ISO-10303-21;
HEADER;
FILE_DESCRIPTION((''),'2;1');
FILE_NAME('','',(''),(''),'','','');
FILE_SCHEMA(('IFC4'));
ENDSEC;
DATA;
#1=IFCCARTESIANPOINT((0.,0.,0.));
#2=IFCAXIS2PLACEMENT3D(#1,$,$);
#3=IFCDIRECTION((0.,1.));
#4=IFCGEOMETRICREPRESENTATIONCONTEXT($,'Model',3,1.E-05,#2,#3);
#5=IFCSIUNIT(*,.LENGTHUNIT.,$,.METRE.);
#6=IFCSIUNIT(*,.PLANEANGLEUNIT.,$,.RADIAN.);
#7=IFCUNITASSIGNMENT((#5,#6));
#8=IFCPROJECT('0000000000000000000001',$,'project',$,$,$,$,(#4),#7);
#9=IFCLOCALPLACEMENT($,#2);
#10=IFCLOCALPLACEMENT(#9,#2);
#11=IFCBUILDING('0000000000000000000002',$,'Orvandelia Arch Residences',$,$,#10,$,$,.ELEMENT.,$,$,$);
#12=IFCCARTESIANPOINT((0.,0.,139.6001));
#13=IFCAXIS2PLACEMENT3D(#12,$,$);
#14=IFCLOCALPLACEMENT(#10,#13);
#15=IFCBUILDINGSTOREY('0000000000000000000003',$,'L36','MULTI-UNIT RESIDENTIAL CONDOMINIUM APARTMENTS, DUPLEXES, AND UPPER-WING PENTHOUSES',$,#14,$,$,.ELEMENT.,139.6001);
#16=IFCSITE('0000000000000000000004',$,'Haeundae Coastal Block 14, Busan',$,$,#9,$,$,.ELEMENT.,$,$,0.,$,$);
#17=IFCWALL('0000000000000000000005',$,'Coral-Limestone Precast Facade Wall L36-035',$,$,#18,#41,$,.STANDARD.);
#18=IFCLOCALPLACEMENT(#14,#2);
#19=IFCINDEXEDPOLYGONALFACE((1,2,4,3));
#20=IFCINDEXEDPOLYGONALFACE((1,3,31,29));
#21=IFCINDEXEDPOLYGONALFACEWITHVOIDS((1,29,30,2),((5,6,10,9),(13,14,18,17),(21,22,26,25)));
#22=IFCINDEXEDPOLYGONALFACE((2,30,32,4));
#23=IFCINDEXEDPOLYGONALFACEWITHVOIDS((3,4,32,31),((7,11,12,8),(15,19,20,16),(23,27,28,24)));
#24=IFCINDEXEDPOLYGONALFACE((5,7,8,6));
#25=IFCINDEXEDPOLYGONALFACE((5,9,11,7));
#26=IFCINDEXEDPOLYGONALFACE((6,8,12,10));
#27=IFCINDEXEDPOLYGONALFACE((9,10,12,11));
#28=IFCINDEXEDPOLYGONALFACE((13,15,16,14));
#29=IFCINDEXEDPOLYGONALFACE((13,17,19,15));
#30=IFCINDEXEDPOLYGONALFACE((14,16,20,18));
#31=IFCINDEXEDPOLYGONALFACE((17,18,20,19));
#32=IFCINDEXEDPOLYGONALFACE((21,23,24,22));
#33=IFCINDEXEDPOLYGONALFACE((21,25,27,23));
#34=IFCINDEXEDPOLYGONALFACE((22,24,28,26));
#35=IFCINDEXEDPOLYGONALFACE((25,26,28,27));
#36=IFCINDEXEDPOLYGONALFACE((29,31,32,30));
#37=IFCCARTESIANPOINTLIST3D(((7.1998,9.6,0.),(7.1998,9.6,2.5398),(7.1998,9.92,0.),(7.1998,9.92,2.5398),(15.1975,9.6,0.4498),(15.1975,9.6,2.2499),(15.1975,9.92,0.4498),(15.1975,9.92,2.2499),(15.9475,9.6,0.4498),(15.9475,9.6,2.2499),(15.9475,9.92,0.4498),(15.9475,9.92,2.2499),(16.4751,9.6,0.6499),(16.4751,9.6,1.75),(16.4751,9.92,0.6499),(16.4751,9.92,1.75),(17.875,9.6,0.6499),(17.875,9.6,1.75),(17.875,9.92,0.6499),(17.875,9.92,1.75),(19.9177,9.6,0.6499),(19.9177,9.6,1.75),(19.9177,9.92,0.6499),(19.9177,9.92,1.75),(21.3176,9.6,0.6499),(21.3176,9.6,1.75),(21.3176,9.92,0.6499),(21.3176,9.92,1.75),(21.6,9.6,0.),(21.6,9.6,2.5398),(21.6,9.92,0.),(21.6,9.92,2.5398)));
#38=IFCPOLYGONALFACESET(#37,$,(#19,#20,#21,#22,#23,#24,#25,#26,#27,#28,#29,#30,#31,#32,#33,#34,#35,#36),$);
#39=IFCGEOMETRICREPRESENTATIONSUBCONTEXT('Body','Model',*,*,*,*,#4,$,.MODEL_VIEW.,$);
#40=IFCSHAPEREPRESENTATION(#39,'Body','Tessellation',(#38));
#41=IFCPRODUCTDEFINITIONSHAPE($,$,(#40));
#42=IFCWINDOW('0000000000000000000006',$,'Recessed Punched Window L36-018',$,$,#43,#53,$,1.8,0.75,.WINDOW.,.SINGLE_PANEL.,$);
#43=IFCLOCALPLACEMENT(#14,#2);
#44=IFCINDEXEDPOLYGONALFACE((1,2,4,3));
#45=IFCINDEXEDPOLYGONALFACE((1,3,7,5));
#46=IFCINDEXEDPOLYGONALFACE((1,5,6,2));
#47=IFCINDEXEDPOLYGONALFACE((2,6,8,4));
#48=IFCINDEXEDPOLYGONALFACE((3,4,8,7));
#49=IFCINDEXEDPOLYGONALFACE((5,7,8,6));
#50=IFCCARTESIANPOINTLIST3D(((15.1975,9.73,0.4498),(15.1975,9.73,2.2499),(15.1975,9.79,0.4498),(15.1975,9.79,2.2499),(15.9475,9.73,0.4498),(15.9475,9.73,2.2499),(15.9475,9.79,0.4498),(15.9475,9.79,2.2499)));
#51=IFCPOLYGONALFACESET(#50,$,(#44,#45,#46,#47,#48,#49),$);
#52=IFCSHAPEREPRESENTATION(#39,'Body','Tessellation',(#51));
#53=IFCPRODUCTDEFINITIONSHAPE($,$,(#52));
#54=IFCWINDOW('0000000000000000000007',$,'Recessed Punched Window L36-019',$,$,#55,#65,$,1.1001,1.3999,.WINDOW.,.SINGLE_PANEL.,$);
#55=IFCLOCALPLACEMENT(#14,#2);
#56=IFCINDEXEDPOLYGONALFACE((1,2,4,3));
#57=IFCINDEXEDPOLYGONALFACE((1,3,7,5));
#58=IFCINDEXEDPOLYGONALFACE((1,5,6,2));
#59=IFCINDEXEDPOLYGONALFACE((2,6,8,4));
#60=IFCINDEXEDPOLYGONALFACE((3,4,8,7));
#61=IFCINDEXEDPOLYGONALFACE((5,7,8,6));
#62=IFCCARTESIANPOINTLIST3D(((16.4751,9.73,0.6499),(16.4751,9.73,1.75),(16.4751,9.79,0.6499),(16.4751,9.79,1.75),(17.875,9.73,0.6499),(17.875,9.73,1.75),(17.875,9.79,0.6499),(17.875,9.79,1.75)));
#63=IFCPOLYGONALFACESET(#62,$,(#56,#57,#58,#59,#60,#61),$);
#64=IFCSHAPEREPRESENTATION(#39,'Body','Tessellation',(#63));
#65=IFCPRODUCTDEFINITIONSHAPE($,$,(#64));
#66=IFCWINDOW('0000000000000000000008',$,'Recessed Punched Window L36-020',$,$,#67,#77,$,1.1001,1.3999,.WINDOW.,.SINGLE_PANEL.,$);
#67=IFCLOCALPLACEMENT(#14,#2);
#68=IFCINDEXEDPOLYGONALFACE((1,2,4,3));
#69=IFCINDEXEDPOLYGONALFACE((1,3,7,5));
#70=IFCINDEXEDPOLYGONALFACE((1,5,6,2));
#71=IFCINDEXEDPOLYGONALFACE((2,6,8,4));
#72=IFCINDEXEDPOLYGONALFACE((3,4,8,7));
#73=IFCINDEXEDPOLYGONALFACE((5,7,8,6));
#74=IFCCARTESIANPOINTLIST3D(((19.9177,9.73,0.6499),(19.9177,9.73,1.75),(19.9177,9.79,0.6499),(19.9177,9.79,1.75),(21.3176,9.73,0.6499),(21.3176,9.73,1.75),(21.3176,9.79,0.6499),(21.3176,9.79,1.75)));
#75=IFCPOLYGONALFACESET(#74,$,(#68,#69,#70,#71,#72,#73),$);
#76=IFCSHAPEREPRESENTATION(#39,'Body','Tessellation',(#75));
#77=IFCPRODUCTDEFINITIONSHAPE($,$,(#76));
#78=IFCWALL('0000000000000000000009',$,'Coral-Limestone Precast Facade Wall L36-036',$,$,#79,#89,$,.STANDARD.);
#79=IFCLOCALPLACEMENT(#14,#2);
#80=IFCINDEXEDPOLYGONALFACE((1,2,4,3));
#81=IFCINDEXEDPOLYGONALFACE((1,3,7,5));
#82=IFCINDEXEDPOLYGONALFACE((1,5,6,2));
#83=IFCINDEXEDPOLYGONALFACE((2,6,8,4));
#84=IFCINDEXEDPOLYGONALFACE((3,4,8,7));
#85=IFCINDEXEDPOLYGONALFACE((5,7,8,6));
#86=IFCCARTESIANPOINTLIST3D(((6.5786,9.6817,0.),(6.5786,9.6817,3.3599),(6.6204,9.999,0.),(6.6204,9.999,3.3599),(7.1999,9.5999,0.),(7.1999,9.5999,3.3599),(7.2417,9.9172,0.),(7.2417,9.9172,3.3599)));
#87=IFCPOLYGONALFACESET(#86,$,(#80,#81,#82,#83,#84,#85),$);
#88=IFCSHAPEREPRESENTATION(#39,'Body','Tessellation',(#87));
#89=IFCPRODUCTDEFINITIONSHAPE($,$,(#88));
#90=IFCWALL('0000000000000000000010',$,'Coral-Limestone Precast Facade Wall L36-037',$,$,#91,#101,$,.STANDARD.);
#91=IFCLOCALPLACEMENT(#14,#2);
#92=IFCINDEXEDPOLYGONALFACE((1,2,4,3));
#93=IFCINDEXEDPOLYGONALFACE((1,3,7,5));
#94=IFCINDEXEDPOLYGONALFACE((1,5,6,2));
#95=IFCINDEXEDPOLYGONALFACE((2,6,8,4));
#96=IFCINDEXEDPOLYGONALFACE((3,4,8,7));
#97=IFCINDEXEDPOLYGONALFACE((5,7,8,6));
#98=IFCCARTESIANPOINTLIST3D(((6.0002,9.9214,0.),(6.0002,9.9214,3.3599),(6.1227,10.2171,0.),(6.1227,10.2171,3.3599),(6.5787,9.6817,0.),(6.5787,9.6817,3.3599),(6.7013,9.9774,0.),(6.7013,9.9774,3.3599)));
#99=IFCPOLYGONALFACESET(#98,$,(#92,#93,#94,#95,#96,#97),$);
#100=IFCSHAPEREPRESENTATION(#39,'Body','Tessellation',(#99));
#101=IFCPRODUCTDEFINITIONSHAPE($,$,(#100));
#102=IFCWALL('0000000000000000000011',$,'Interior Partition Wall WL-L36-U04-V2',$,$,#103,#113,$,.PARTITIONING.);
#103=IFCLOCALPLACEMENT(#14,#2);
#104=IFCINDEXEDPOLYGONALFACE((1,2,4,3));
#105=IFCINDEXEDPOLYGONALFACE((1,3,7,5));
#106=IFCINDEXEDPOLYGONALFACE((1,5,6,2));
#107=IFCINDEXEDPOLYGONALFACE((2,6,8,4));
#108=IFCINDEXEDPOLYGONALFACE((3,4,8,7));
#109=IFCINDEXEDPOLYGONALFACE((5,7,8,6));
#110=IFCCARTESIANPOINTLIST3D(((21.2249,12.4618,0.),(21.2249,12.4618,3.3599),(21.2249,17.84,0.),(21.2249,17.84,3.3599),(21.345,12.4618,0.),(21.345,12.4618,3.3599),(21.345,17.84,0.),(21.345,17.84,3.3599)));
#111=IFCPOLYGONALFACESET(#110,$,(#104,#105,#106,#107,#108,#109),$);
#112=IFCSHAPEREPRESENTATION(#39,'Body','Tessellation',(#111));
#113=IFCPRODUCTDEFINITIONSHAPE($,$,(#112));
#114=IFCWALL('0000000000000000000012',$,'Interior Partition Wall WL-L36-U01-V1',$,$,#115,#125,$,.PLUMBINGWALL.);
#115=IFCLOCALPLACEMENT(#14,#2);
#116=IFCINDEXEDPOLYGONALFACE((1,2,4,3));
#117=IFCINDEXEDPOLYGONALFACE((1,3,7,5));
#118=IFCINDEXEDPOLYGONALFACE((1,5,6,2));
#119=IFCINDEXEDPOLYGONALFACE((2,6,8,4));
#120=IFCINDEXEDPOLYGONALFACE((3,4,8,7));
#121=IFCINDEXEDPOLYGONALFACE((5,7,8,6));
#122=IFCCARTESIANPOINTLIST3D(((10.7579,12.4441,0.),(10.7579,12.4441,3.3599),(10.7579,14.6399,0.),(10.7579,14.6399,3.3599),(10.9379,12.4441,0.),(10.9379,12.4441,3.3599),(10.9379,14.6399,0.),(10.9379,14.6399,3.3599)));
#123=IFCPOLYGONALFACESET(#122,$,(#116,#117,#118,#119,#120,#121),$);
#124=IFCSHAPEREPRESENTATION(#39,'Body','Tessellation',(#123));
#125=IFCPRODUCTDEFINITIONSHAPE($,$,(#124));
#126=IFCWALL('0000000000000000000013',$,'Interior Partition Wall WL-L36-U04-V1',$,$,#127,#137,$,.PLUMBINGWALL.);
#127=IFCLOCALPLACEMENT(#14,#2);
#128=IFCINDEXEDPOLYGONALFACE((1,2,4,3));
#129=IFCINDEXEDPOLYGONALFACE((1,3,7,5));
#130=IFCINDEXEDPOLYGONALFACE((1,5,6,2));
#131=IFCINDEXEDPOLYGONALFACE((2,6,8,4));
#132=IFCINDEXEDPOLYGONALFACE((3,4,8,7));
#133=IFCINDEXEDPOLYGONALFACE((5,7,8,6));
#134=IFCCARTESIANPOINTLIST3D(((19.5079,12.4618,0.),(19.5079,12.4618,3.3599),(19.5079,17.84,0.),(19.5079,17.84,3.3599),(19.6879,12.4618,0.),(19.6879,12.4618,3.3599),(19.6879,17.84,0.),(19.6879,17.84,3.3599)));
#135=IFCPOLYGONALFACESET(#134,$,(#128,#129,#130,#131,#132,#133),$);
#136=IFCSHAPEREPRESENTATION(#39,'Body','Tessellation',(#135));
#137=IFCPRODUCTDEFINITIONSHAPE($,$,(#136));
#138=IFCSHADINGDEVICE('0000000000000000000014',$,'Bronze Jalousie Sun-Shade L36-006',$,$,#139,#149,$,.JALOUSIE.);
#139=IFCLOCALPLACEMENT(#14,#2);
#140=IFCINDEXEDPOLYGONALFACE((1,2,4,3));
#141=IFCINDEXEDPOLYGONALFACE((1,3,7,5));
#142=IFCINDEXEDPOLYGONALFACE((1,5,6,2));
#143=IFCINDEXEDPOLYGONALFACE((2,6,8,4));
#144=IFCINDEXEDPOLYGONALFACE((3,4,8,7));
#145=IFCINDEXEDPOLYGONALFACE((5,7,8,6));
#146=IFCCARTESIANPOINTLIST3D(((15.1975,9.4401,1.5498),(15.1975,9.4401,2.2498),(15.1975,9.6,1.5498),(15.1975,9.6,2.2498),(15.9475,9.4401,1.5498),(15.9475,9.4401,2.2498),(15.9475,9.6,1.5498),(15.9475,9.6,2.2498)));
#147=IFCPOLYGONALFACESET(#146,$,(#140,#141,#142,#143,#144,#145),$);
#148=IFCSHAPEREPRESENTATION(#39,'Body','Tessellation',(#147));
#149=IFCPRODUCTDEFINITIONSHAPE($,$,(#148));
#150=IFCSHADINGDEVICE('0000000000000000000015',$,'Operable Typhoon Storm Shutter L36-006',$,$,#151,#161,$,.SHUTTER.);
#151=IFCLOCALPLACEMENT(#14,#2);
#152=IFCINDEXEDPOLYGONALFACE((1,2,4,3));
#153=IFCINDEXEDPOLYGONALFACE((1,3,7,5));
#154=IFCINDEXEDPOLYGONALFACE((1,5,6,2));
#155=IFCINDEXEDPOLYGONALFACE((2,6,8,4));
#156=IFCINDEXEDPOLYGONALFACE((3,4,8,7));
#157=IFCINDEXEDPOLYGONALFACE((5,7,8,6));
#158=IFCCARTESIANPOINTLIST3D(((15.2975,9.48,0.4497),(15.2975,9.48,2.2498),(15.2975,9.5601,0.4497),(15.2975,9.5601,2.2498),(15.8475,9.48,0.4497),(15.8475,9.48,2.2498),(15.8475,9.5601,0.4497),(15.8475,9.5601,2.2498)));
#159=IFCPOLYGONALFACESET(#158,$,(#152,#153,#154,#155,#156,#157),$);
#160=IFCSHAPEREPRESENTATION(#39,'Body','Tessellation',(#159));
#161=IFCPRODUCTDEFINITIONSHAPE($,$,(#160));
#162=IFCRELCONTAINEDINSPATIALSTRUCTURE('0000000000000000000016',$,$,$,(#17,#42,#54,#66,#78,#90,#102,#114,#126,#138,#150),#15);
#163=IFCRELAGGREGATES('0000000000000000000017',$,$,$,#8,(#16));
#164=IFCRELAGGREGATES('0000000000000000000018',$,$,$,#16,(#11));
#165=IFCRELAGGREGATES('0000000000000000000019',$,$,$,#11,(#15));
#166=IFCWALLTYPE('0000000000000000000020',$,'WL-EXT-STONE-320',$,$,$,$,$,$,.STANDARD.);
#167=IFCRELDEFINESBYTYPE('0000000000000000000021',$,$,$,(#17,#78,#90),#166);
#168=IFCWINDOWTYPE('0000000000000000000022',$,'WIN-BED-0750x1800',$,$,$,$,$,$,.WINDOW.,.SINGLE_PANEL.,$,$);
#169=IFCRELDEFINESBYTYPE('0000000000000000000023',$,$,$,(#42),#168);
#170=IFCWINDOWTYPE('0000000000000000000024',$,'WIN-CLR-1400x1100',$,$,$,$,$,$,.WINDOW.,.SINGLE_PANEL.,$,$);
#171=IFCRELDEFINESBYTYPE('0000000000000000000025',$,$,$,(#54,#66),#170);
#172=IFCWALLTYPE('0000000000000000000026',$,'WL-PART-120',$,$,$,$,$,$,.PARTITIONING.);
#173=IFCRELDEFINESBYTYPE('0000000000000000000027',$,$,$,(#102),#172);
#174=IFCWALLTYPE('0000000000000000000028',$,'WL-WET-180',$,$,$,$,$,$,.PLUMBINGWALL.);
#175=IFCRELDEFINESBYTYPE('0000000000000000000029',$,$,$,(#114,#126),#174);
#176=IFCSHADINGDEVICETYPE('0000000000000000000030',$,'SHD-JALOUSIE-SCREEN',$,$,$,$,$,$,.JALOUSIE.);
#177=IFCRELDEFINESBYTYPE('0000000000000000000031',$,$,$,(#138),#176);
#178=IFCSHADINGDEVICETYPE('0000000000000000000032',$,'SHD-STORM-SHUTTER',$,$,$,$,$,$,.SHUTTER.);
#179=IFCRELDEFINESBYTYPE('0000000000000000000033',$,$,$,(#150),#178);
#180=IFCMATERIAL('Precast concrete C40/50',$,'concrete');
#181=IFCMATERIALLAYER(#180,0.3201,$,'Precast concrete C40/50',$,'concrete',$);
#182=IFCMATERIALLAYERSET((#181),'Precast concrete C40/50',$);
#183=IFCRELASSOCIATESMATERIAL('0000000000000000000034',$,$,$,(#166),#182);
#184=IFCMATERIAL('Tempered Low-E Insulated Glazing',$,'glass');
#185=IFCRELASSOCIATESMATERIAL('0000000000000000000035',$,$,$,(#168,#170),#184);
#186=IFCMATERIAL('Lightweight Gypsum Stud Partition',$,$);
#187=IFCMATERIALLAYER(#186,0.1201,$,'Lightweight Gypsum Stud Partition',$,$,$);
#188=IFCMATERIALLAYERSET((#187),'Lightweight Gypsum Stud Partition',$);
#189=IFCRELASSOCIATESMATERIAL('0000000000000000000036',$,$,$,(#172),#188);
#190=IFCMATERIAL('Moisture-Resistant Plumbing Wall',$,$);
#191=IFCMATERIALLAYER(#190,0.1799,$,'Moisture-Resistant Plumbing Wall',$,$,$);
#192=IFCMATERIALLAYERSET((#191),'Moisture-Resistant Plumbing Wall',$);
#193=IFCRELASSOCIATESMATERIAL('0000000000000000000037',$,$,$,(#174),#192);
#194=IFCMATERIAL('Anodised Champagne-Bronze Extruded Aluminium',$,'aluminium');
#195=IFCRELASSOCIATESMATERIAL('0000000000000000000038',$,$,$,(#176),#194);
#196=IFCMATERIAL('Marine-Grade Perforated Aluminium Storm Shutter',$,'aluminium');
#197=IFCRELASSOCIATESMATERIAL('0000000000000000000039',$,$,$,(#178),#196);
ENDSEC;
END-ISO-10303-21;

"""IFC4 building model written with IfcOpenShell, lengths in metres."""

from ifc_helpers import new_model, si_unit, direction, frame, frame_2d, origin, origin_2d, place, context, subcontext, project, spatial, rectangle, extrude, material, layer, layer_set, type_object, element, fill, save


model = new_model("IFC4")

# Units and contexts
model_context = context("Model", 3, precision=1e-05, world=origin(), true_north=direction((0.0, 1.0)))
body_context = subcontext(model_context, "Body", "Model", "MODEL_VIEW")
ifc_project = project(units=[si_unit("LENGTHUNIT", "METRE"), si_unit("PLANEANGLEUNIT", "RADIAN")], contexts=[model_context])

# Site, building, storey
site_placement = place(None, origin())
site = spatial("IfcSite", under=ifc_project, at=site_placement, Name="Haeundae Coastal Block 14, Busan", CompositionType="ELEMENT", RefElevation=0.0)
building_placement = place(site_placement, origin())
building = spatial("IfcBuilding", under=site, at=building_placement, Name="Orvandelia Arch Residences", CompositionType="ELEMENT")
storey_placement = place(building_placement, frame((0.0, 0.0, 139.6001)))
storey = spatial("IfcBuildingStorey", under=building, at=storey_placement, Name="L36", Description="MULTI-UNIT RESIDENTIAL CONDOMINIUM APARTMENTS, DUPLEXES, AND UPPER-WING PENTHOUSES", CompositionType="ELEMENT", Elevation=139.6001)

# Wall, openings, windows
ifc_material_1 = material(Name="Precast concrete C40/50", Category="concrete")
ifc_layer_1 = layer(ifc_material_1, 0.3201, Name="Precast concrete C40/50", Category="concrete")
ifc_layer_set_1 = layer_set([ifc_layer_1], Name="Precast concrete C40/50")
wall_type_1 = type_object("IfcWallType", Name="WL-EXT-STONE-320", PredefinedType="STANDARD", material=ifc_layer_set_1)
wall_1_placement = place(storey_placement, frame((21.6001, 9.76, 0.0), z_axis=(0.0, 0.0, 1.0), x_axis=(-1.0, 0.0, 0.0)))
wall_1 = element("IfcWall", 1, at=wall_1_placement, inside=storey, type_object=wall_type_1, Name="Coral-Limestone Precast Facade Wall L36-035", PredefinedType="STANDARD", context=body_context, shape_type="SweptSolid", body=[
    extrude(rectangle(XDim=14.4001, YDim=0.3201, at=frame_2d((7.2002, 0.0))), origin(), (0.0, 0.0, 1.0), 2.5398),
])
opening_1_placement = place(wall_1_placement, frame((5.6526, 0.0, 0.45)))
opening_1 = element("IfcOpeningElement", 2, at=opening_1_placement, cuts=wall_1, PredefinedType="OPENING", context=body_context, shape_type="SweptSolid", body=[
    extrude(rectangle(XDim=0.75, YDim=1.8, at=frame_2d((0.375, 0.8999))), frame((0.0, 0.1699, 0.0), z_axis=(0.0, -1.0, 0.0), x_axis=(1.0, 0.0, 0.0)), (0.0, 0.0, 1.0), 0.3401),
])
opening_2_placement = place(wall_1_placement, frame((3.7251, 0.0, 0.6499)))
opening_2 = element("IfcOpeningElement", 3, at=opening_2_placement, cuts=wall_1, PredefinedType="OPENING", context=body_context, shape_type="SweptSolid", body=[
    extrude(rectangle(XDim=1.3999, YDim=1.1001, at=frame_2d((0.7, 0.55))), frame((0.0, 0.1699, 0.0), z_axis=(0.0, -1.0, 0.0), x_axis=(1.0, 0.0, 0.0)), (0.0, 0.0, 1.0), 0.3401),
])
opening_3_placement = place(wall_1_placement, frame((0.2825, 0.0, 0.6499)))
opening_3 = element("IfcOpeningElement", 4, at=opening_3_placement, cuts=wall_1, PredefinedType="OPENING", context=body_context, shape_type="SweptSolid", body=[
    extrude(rectangle(XDim=1.3999, YDim=1.1001, at=frame_2d((0.7, 0.55))), frame((0.0, 0.1699, 0.0), z_axis=(0.0, -1.0, 0.0), x_axis=(1.0, 0.0, 0.0)), (0.0, 0.0, 1.0), 0.3401),
])
ifc_material_2 = material(Name="Tempered Low-E Insulated Glazing", Category="glass")
window_type_1 = type_object("IfcWindowType", Name="WIN-BED-0750x1800", PartitioningType="SINGLE_PANEL", PredefinedType="WINDOW", material=ifc_material_2)
window_1_placement = place(opening_1_placement, origin())
window_1 = element("IfcWindow", 5, at=window_1_placement, inside=storey, type_object=window_type_1, Name="Recessed Punched Window L36-018", OverallHeight=1.8, OverallWidth=0.75, PartitioningType="SINGLE_PANEL", PredefinedType="WINDOW", context=body_context, shape_type="SweptSolid", body=[
    extrude(rectangle(XDim=0.75, YDim=1.8, at=frame_2d((0.375, 0.8999))), frame((0.0, 0.03, 0.0), z_axis=(0.0, -1.0, 0.0), x_axis=(1.0, 0.0, 0.0)), (0.0, 0.0, 1.0), 0.0601),
])
fill(opening_1, window_1)
window_type_2 = type_object("IfcWindowType", Name="WIN-CLR-1400x1100", PartitioningType="SINGLE_PANEL", PredefinedType="WINDOW", material=ifc_material_2)
window_2_placement = place(opening_2_placement, origin())
window_2 = element("IfcWindow", 6, at=window_2_placement, inside=storey, type_object=window_type_2, Name="Recessed Punched Window L36-019", OverallHeight=1.1001, OverallWidth=1.3999, PartitioningType="SINGLE_PANEL", PredefinedType="WINDOW", context=body_context, shape_type="SweptSolid", body=[
    extrude(rectangle(XDim=1.3999, YDim=1.1001, at=frame_2d((0.7, 0.55))), frame((0.0, 0.03, 0.0), z_axis=(0.0, -1.0, 0.0), x_axis=(1.0, 0.0, 0.0)), (0.0, 0.0, 1.0), 0.0601),
])
fill(opening_2, window_2)
window_3_placement = place(opening_3_placement, origin())
window_3 = element("IfcWindow", 7, at=window_3_placement, inside=storey, type_object=window_type_2, Name="Recessed Punched Window L36-020", OverallHeight=1.1001, OverallWidth=1.3999, PartitioningType="SINGLE_PANEL", PredefinedType="WINDOW", context=body_context, shape_type="SweptSolid", body=[
    extrude(rectangle(XDim=1.3999, YDim=1.1001, at=frame_2d((0.7, 0.55))), frame((0.0, 0.03, 0.0), z_axis=(0.0, -1.0, 0.0), x_axis=(1.0, 0.0, 0.0)), (0.0, 0.0, 1.0), 0.0601),
])
fill(opening_3, window_3)

# Walls
wall_2_placement = place(storey_placement, frame((7.2209, 9.7585, 0.0), z_axis=(0.0, 0.0, 1.0), x_axis=(-0.991448, 0.130505, 0.0)))
element("IfcWall", 8, at=wall_2_placement, inside=storey, type_object=wall_type_1, Name="Coral-Limestone Precast Facade Wall L36-036", PredefinedType="STANDARD", context=body_context, shape_type="SweptSolid", body=[
    extrude(rectangle(XDim=0.6267, YDim=0.3201, at=frame_2d((0.3135, 0.0))), origin(), (0.0, 0.0, 1.0), 3.3599),
])
wall_3_placement = place(storey_placement, frame((6.6399, 9.8296, 0.0), z_axis=(0.0, 0.0, 1.0), x_axis=(-0.923836, 0.382788, 0.0)))
element("IfcWall", 9, at=wall_3_placement, inside=storey, type_object=wall_type_1, Name="Coral-Limestone Precast Facade Wall L36-037", PredefinedType="STANDARD", context=body_context, shape_type="SweptSolid", body=[
    extrude(rectangle(XDim=0.6262, YDim=0.3201, at=frame_2d((0.313, 0.0))), origin(), (0.0, 0.0, 1.0), 3.3599),
])
ifc_material_3 = material(Name="Lightweight Gypsum Stud Partition")
ifc_layer_2 = layer(ifc_material_3, 0.1201, Name="Lightweight Gypsum Stud Partition")
ifc_layer_set_2 = layer_set([ifc_layer_2], Name="Lightweight Gypsum Stud Partition")
wall_type_2 = type_object("IfcWallType", Name="WL-PART-120", PredefinedType="PARTITIONING", material=ifc_layer_set_2)
wall_4_placement = place(storey_placement, frame((21.2849, 12.4619, 0.0), z_axis=(0.0, 0.0, 1.0), x_axis=(0.0, 1.0, 0.0)))
element("IfcWall", 10, at=wall_4_placement, inside=storey, type_object=wall_type_2, Name="Interior Partition Wall WL-L36-U04-V2", PredefinedType="PARTITIONING", context=body_context, shape_type="SweptSolid", body=[
    extrude(rectangle(XDim=5.3782, YDim=0.1201, at=frame_2d((2.689, 0.0))), origin(), (0.0, 0.0, 1.0), 3.3599),
])
ifc_material_4 = material(Name="Moisture-Resistant Plumbing Wall")
ifc_layer_3 = layer(ifc_material_4, 0.1799, Name="Moisture-Resistant Plumbing Wall")
ifc_layer_set_3 = layer_set([ifc_layer_3], Name="Moisture-Resistant Plumbing Wall")
wall_type_3 = type_object("IfcWallType", Name="WL-WET-180", PredefinedType="PLUMBINGWALL", material=ifc_layer_set_3)
wall_5_placement = place(storey_placement, frame((10.8479, 12.4441, 0.0), z_axis=(0.0, 0.0, 1.0), x_axis=(0.0, 1.0, 0.0)))
element("IfcWall", 11, at=wall_5_placement, inside=storey, type_object=wall_type_3, Name="Interior Partition Wall WL-L36-U01-V1", PredefinedType="PLUMBINGWALL", context=body_context, shape_type="SweptSolid", body=[
    extrude(rectangle(XDim=2.1958, YDim=0.1799, at=frame_2d((1.0979, 0.0))), origin(), (0.0, 0.0, 1.0), 3.3599),
])

# Wall
wall_6_placement = place(storey_placement, frame((19.5979, 12.4619, 0.0), z_axis=(0.0, 0.0, 1.0), x_axis=(0.0, 1.0, 0.0)))
element("IfcWall", 12, at=wall_6_placement, inside=storey, type_object=wall_type_3, Name="Interior Partition Wall WL-L36-U04-V1", PredefinedType="PLUMBINGWALL", context=body_context, shape_type="SweptSolid", body=[
    extrude(rectangle(XDim=5.3782, YDim=0.1799, at=frame_2d((2.689, 0.0))), origin(), (0.0, 0.0, 1.0), 3.3599),
])

# Shading devices
ifc_material_5 = material(Name="Anodised Champagne-Bronze Extruded Aluminium", Category="aluminium")
shading_device_type_1 = type_object("IfcShadingDeviceType", Name="SHD-JALOUSIE-SCREEN", PredefinedType="JALOUSIE", material=ifc_material_5)
shading_device_1_placement = place(storey_placement, frame((15.5725, 9.52, 1.5498), z_axis=(0.0, 0.0, 1.0), x_axis=(-1.0, 0.0, 0.0)))
element("IfcShadingDevice", 13, at=shading_device_1_placement, inside=storey, type_object=shading_device_type_1, Name="Bronze Jalousie Sun-Shade L36-006", PredefinedType="JALOUSIE", context=body_context, shape_type="SweptSolid", body=[
    extrude(rectangle(XDim=0.75, YDim=0.1599, at=origin_2d()), origin(), (0.0, 0.0, 1.0), 0.7),
])
ifc_material_6 = material(Name="Marine-Grade Perforated Aluminium Storm Shutter", Category="aluminium")
shading_device_type_2 = type_object("IfcShadingDeviceType", Name="SHD-STORM-SHUTTER", PredefinedType="SHUTTER", material=ifc_material_6)
shading_device_2_placement = place(storey_placement, frame((15.5725, 9.52, 0.4497), z_axis=(0.0, 0.0, 1.0), x_axis=(-1.0, 0.0, 0.0)))
element("IfcShadingDevice", 14, at=shading_device_2_placement, inside=storey, type_object=shading_device_type_2, Name="Operable Typhoon Storm Shutter L36-006", PredefinedType="SHUTTER", context=body_context, shape_type="SweptSolid", body=[
    extrude(rectangle(XDim=0.55, YDim=0.0801, at=origin_2d()), origin(), (0.0, 0.0, 1.0), 1.8),
])

save(model, "model.ifc")
